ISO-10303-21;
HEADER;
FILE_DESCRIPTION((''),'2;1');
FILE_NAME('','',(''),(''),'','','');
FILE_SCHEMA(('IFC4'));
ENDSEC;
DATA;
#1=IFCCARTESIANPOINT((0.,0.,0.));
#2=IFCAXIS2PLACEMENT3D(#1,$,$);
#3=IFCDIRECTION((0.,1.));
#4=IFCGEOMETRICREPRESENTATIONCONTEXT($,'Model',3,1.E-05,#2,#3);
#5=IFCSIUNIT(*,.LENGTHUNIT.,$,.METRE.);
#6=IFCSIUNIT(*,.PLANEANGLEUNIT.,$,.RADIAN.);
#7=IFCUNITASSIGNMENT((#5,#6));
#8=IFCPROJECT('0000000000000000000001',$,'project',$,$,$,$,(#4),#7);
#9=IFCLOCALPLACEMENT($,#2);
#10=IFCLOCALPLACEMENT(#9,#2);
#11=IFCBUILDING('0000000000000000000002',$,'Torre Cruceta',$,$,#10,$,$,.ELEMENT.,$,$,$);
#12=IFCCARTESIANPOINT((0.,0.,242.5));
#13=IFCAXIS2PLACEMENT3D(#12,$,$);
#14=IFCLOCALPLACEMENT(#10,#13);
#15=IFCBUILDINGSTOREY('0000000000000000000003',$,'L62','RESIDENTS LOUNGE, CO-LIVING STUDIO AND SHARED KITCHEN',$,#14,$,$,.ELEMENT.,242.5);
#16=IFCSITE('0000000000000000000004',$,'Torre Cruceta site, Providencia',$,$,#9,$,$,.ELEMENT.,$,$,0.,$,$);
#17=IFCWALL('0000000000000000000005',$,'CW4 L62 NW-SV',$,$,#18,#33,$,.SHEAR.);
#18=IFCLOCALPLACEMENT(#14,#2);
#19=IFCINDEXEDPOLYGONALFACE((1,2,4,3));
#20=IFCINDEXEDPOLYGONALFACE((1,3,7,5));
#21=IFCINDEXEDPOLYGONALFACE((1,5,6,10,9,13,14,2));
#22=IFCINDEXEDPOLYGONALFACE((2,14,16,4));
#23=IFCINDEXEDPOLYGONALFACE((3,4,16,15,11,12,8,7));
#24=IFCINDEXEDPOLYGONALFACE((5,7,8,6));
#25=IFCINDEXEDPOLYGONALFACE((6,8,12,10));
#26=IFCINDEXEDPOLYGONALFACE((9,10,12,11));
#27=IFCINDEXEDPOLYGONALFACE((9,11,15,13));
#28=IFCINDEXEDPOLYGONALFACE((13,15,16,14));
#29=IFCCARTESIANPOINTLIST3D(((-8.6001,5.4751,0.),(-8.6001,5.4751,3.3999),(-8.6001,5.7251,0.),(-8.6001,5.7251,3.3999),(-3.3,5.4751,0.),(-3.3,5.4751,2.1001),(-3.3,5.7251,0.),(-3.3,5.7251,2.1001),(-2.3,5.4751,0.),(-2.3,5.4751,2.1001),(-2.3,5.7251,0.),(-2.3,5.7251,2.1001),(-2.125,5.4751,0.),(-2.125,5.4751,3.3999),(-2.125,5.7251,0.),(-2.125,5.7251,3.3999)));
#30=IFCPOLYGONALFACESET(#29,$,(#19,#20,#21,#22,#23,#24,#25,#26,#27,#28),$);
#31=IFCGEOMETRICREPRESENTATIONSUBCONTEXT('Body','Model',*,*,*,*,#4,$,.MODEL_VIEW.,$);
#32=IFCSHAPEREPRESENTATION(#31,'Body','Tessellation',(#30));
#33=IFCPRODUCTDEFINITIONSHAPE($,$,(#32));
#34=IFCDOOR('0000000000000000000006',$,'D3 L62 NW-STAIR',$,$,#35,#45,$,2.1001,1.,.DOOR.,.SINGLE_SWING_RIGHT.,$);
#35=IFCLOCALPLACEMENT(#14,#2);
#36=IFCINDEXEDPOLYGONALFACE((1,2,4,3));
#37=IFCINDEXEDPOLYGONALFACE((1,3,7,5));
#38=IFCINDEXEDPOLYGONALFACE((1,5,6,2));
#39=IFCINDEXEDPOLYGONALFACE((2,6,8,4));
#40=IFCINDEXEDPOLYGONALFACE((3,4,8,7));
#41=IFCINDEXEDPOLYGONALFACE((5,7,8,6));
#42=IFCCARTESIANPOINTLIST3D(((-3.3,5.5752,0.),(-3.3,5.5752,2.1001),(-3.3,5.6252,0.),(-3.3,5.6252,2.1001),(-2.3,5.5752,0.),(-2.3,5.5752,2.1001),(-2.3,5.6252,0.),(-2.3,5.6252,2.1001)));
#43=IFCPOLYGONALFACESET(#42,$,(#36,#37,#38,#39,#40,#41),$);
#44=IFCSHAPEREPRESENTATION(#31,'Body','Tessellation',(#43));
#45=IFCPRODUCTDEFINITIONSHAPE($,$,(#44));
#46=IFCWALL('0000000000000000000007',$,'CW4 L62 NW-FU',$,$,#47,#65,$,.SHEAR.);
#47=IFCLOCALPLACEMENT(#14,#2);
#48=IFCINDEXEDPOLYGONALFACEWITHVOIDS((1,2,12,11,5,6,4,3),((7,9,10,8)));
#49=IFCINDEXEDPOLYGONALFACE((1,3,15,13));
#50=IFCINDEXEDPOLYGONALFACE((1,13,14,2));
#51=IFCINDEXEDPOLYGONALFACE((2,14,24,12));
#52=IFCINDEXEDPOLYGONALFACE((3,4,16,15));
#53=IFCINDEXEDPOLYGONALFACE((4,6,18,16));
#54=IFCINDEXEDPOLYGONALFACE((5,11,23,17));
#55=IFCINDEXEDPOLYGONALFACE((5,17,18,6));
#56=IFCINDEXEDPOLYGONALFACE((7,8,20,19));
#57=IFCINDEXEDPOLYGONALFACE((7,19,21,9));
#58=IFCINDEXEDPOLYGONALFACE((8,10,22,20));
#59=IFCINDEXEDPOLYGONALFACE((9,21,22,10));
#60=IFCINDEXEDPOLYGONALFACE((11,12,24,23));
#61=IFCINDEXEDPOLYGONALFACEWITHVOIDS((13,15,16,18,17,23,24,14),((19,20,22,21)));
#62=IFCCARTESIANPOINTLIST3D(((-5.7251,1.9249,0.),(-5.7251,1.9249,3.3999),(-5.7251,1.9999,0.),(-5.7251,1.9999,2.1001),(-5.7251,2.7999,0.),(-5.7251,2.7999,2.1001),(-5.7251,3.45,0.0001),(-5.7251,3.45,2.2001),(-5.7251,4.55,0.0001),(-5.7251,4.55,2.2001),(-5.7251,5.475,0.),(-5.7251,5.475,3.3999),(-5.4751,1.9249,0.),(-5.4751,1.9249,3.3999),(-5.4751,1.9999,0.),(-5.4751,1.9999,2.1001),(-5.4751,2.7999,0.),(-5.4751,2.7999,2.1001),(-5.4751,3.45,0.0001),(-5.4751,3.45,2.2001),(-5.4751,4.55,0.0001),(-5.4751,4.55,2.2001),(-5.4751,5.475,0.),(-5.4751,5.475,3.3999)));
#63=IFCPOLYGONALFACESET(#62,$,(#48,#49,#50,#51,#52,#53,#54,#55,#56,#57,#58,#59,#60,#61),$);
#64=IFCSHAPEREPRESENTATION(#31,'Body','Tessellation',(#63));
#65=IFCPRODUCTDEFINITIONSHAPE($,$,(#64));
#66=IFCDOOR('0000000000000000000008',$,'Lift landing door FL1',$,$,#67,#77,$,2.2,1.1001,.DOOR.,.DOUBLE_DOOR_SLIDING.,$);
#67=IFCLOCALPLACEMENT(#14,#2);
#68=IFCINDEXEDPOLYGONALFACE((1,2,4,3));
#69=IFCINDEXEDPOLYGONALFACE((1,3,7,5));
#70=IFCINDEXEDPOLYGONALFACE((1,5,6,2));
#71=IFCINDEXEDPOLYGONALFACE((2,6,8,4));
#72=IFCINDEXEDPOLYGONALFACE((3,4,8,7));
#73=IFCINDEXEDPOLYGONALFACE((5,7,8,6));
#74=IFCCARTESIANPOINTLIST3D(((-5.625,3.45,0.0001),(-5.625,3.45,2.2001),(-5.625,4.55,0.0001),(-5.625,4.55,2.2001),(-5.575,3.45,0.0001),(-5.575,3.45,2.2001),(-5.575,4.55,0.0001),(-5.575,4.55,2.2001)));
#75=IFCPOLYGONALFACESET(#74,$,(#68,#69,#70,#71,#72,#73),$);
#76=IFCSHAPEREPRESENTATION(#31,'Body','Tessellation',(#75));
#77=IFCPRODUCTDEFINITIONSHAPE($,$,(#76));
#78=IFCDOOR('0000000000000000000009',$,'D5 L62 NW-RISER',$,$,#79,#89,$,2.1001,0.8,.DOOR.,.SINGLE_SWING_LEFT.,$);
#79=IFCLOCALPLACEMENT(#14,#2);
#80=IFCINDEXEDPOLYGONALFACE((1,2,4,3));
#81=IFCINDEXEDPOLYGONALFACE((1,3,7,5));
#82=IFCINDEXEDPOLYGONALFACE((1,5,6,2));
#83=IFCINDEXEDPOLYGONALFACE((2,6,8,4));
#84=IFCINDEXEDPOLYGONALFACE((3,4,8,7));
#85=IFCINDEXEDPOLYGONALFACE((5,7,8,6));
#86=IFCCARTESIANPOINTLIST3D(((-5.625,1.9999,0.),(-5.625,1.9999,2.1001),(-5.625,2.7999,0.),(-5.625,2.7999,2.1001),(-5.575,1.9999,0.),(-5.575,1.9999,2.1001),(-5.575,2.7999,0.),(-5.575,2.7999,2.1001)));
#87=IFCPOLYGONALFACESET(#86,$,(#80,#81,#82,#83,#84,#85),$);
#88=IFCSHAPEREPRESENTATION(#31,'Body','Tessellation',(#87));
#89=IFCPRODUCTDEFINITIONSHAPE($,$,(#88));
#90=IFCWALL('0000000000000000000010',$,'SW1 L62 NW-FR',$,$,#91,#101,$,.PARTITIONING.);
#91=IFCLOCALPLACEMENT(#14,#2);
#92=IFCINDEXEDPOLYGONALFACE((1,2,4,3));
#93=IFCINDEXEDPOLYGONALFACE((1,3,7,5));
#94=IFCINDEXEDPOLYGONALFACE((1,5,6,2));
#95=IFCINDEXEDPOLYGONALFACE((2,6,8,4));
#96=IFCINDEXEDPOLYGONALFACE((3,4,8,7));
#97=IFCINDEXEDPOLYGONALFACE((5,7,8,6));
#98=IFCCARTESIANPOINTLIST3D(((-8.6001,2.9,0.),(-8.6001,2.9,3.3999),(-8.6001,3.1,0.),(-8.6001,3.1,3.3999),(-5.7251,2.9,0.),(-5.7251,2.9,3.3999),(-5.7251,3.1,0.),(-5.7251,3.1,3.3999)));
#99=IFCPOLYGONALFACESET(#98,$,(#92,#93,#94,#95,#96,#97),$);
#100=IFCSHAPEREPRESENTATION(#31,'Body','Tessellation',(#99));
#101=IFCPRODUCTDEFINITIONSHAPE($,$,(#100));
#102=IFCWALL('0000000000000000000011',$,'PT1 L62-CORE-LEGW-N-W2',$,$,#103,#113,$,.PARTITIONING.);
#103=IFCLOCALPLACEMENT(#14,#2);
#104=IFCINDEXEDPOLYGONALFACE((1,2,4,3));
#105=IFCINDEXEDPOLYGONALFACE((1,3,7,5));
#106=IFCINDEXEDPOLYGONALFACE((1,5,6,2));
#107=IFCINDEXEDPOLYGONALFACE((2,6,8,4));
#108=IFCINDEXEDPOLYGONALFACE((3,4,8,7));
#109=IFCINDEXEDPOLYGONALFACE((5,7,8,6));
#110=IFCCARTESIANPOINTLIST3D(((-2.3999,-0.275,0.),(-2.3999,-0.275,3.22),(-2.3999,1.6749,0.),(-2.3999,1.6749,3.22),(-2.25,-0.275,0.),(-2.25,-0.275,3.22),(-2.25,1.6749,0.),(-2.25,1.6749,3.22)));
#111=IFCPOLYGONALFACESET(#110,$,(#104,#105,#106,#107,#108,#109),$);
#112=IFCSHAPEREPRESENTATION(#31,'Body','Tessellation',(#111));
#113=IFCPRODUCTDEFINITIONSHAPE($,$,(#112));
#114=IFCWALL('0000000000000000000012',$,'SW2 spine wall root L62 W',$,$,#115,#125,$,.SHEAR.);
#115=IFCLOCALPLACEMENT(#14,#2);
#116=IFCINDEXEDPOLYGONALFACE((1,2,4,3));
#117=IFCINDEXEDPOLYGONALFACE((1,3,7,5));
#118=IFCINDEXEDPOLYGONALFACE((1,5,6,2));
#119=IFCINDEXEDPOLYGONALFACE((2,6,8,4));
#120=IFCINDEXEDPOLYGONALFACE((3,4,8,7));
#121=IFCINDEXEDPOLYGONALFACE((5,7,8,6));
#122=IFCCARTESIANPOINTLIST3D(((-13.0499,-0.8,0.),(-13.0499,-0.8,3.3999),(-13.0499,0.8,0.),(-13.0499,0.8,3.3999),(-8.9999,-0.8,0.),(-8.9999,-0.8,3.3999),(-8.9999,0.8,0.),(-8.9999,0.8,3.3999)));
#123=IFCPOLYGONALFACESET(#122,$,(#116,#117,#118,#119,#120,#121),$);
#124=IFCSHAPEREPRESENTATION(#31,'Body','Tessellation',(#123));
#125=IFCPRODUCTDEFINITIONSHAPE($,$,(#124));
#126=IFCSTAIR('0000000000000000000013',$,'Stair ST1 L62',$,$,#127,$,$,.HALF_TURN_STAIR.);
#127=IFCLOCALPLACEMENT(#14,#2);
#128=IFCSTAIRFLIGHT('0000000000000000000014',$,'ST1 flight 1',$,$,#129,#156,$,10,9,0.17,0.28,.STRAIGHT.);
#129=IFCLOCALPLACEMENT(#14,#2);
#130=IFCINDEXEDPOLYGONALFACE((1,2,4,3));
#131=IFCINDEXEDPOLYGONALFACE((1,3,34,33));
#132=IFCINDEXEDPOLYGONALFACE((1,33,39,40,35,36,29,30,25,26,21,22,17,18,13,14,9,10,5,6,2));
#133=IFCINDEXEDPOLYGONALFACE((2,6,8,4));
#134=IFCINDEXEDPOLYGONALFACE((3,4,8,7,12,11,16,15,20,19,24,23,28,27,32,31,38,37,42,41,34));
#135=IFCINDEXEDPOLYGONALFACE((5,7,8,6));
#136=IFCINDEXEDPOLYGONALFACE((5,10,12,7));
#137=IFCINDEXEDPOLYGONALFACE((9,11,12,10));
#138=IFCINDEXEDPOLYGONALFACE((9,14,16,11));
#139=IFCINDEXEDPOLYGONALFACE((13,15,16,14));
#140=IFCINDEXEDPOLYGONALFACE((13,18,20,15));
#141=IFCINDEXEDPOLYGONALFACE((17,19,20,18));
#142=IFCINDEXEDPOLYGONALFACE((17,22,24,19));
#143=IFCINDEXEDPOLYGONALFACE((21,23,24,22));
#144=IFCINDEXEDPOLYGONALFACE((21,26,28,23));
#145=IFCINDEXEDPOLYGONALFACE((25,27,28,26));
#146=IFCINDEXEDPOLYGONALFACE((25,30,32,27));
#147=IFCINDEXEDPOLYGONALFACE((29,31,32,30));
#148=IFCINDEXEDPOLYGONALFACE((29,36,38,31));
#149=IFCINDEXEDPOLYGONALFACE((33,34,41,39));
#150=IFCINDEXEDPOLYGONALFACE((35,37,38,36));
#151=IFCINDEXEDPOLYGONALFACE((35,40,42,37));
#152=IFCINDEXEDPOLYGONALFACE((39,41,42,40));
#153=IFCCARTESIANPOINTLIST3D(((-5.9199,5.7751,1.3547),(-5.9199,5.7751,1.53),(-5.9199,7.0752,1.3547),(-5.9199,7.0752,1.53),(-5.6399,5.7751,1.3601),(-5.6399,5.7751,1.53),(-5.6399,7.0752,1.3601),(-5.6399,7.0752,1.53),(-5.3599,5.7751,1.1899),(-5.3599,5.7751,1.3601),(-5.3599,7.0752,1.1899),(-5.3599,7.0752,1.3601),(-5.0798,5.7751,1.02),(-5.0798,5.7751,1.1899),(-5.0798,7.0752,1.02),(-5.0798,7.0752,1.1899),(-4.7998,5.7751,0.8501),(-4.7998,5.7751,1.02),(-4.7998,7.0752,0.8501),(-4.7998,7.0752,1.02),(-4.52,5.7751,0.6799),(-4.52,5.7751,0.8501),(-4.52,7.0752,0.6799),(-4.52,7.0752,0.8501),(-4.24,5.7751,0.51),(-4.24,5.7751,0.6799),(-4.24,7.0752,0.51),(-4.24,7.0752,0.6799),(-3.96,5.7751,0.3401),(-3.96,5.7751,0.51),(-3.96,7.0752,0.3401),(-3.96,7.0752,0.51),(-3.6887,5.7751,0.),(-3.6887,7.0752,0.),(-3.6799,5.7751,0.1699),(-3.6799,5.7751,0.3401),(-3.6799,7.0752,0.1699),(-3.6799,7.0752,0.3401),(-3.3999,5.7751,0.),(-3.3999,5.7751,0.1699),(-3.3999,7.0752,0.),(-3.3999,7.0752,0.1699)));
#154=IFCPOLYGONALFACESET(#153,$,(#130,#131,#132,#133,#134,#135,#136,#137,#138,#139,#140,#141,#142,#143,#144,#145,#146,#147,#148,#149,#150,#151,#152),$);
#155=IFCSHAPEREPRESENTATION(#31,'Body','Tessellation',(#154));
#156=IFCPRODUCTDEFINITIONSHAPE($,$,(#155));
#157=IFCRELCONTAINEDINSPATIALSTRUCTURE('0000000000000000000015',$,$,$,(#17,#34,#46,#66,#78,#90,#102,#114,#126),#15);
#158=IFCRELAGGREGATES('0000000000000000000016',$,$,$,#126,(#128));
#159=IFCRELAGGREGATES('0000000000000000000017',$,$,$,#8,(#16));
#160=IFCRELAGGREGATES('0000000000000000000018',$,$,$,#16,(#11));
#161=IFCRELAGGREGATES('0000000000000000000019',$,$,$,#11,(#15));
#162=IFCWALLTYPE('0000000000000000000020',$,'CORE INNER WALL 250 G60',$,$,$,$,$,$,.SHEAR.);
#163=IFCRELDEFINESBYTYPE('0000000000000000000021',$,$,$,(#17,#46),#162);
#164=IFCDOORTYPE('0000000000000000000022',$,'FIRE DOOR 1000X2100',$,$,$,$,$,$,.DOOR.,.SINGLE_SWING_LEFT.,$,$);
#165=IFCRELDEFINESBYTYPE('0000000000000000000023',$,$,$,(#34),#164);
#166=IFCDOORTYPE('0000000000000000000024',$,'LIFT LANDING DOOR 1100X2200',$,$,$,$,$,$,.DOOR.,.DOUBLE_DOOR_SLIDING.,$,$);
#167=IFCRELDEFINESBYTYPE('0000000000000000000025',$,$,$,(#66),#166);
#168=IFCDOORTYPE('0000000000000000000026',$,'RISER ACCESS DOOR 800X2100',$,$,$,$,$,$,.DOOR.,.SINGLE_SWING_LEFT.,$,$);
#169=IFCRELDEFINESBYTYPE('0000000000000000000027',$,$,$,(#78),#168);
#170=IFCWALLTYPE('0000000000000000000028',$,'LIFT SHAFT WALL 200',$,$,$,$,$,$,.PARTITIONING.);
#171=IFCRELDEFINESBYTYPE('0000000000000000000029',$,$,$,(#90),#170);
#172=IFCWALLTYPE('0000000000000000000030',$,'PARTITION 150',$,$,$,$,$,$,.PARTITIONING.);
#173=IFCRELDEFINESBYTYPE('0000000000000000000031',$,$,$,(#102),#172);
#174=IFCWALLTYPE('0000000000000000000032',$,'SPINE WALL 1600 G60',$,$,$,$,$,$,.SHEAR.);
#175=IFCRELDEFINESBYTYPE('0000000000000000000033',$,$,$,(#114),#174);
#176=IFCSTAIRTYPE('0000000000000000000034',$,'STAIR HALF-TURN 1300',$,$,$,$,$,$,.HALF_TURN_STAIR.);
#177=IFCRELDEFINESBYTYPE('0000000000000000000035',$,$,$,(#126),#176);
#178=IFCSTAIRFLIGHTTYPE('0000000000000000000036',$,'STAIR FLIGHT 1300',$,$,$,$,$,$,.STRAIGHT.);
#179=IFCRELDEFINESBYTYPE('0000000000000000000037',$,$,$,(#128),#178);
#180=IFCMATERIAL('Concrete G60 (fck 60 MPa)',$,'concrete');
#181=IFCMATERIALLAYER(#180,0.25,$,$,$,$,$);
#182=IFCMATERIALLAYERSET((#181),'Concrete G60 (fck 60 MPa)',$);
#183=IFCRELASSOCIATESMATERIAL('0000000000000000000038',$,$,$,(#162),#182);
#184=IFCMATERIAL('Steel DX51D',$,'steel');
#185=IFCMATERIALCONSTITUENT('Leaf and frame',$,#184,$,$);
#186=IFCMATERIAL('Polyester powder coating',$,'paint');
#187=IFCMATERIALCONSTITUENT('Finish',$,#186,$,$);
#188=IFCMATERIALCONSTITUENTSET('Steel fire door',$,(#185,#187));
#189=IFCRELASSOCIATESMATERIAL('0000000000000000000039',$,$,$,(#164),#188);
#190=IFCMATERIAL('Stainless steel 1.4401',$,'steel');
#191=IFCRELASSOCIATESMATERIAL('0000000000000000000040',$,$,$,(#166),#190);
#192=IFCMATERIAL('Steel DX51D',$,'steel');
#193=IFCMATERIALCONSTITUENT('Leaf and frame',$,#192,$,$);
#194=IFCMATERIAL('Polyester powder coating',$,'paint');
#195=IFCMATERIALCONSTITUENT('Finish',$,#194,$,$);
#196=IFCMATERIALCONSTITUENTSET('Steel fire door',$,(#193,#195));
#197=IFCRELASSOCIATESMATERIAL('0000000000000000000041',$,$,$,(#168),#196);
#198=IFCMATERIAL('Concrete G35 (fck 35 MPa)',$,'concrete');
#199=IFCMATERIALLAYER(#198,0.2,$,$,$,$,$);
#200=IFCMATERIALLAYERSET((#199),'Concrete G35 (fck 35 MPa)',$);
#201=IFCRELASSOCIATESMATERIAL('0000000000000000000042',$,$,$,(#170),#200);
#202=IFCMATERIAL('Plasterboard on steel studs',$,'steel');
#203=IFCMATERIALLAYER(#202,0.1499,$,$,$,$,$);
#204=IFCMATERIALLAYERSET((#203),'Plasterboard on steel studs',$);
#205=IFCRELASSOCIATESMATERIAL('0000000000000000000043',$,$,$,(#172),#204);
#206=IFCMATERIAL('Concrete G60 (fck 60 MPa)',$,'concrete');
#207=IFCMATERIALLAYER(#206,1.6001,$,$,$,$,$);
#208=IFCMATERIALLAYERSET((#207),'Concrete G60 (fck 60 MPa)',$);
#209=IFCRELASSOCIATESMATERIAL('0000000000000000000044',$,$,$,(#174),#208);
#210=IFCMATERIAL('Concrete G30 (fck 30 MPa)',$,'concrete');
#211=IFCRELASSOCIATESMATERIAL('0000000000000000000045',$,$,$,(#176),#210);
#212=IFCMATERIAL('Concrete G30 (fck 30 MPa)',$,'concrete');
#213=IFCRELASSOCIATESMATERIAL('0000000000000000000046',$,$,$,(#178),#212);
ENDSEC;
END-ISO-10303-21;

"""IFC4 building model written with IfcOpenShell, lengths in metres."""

from ifc_helpers import new_model, si_unit, direction, frame, frame_2d, origin, place, context, subcontext, project, spatial, polyline, rectangle, outline, extrude, material, layer, layer_set, constituent, constituent_set, type_object, element, fill, aggregate, save


model = new_model("IFC4")

# Units and contexts
model_context = context("Model", 3, precision=1e-05, world=origin(), true_north=direction((0.0, 1.0)))
body_context = subcontext(model_context, "Body", "Model", "MODEL_VIEW")
ifc_project = project(units=[si_unit("LENGTHUNIT", "METRE"), si_unit("PLANEANGLEUNIT", "RADIAN")], contexts=[model_context])

# Site, building, storey
site_placement = place(None, origin())
site = spatial("IfcSite", under=ifc_project, at=site_placement, Name="Torre Cruceta site, Providencia", CompositionType="ELEMENT", RefElevation=0.0)
building_placement = place(site_placement, origin())
building = spatial("IfcBuilding", under=site, at=building_placement, Name="Torre Cruceta", CompositionType="ELEMENT")
storey_placement = place(building_placement, frame((0.0, 0.0, 242.5)))
storey = spatial("IfcBuildingStorey", under=building, at=storey_placement, Name="L62", Description="RESIDENTS LOUNGE, CO-LIVING STUDIO AND SHARED KITCHEN", CompositionType="ELEMENT", Elevation=242.5)

# Shared definitions
ifc_material_1 = material(Name="Concrete G60 (fck 60 MPa)", Category="concrete")
ifc_layer_1 = layer(ifc_material_1, 0.25)
ifc_layer_set_1 = layer_set([ifc_layer_1], Name="Concrete G60 (fck 60 MPa)")
wall_type_1 = type_object("IfcWallType", Name="CORE INNER WALL 250 G60", PredefinedType="SHEAR", material=ifc_layer_set_1)
ifc_material_2 = material(Name="Steel DX51D", Category="steel")
ifc_constituent_1 = constituent(ifc_material_2, Name="Leaf and frame")
ifc_material_3 = material(Name="Polyester powder coating", Category="paint")
ifc_constituent_2 = constituent(ifc_material_3, Name="Finish")
ifc_constituent_set_1 = constituent_set(constituents=[ifc_constituent_1, ifc_constituent_2], Name="Steel fire door")
door_type_1 = type_object("IfcDoorType", Name="FIRE DOOR 1000X2100", OperationType="SINGLE_SWING_LEFT", PredefinedType="DOOR", material=ifc_constituent_set_1)

# Wall, opening, door
wall_1_placement = place(storey_placement, frame((-2.125, 5.6001, 0.0), z_axis=(0.0, 0.0, 1.0), x_axis=(-1.0, 0.0, 0.0)))
wall_1 = element("IfcWall", 1, at=wall_1_placement, inside=storey, type_object=wall_type_1, Name="CW4 L62 NW-SV", PredefinedType="SHEAR", context=body_context, shape_type="SweptSolid", body=[
    extrude(rectangle(XDim=6.4751, YDim=0.25, at=frame_2d((3.2375, 0.0))), origin(), (0.0, 0.0, 1.0), 3.3999),
])
opening_1_placement = place(wall_1_placement, frame((0.175, 0.0, 0.0)))
opening_1 = element("IfcOpeningElement", 2, at=opening_1_placement, cuts=wall_1, PredefinedType="OPENING", context=body_context, shape_type="SweptSolid", body=[
    extrude(rectangle(XDim=1.0, YDim=2.1001, at=frame_2d((0.5, 1.05))), frame((0.0, 0.135, 0.0), z_axis=(0.0, -1.0, 0.0), x_axis=(1.0, 0.0, 0.0)), (0.0, 0.0, 1.0), 0.27),
])
door_1_placement = place(opening_1_placement, frame((1.0, 0.0, 0.0), z_axis=(0.0, 0.0, 1.0), x_axis=(-1.0, 0.0, 0.0)))
door_1 = element("IfcDoor", 3, at=door_1_placement, inside=storey, type_object=door_type_1, Name="D3 L62 NW-STAIR", OperationType="SINGLE_SWING_RIGHT", OverallHeight=2.1001, OverallWidth=1.0, PredefinedType="DOOR", context=body_context, shape_type="SweptSolid", body=[
    extrude(rectangle(XDim=1.0, YDim=2.1001, at=frame_2d((0.5, 1.05))), frame((0.0, 0.0251, 0.0), z_axis=(0.0, -1.0, 0.0), x_axis=(1.0, 0.0, 0.0)), (0.0, 0.0, 1.0), 0.05),
])
fill(opening_1, door_1)

# Wall, openings, doors
wall_2_placement = place(storey_placement, frame((-5.6001, 1.925, 0.0), z_axis=(0.0, 0.0, 1.0), x_axis=(0.0, 1.0, 0.0)))
wall_2 = element("IfcWall", 4, at=wall_2_placement, inside=storey, type_object=wall_type_1, Name="CW4 L62 NW-FU", PredefinedType="SHEAR", context=body_context, shape_type="SweptSolid", body=[
    extrude(rectangle(XDim=3.55, YDim=0.25, at=frame_2d((1.7749, 0.0))), origin(), (0.0, 0.0, 1.0), 3.3999),
])
opening_2_placement = place(wall_2_placement, frame((1.5249, 0.0, 0.0)))
opening_2 = element("IfcOpeningElement", 5, at=opening_2_placement, cuts=wall_2, PredefinedType="OPENING", context=body_context, shape_type="SweptSolid", body=[
    extrude(rectangle(XDim=1.1001, YDim=2.2, at=frame_2d((0.55, 1.1001))), frame((0.0, 0.135, 0.0), z_axis=(0.0, -1.0, 0.0), x_axis=(1.0, 0.0, 0.0)), (0.0, 0.0, 1.0), 0.27),
])
opening_3_placement = place(wall_2_placement, frame((0.075, 0.0, 0.0)))
opening_3 = element("IfcOpeningElement", 6, at=opening_3_placement, cuts=wall_2, PredefinedType="OPENING", context=body_context, shape_type="SweptSolid", body=[
    extrude(rectangle(XDim=0.8, YDim=2.1001, at=frame_2d((0.3999, 1.05))), frame((0.0, 0.135, 0.0), z_axis=(0.0, -1.0, 0.0), x_axis=(1.0, 0.0, 0.0)), (0.0, 0.0, 1.0), 0.27),
])
ifc_material_4 = material(Name="Stainless steel 1.4401", Category="steel")
door_type_2 = type_object("IfcDoorType", Name="LIFT LANDING DOOR 1100X2200", OperationType="DOUBLE_DOOR_SLIDING", PredefinedType="DOOR", material=ifc_material_4)
door_2_placement = place(opening_2_placement, origin())
door_2 = element("IfcDoor", 7, at=door_2_placement, inside=storey, type_object=door_type_2, Name="Lift landing door FL1", OperationType="DOUBLE_DOOR_SLIDING", OverallHeight=2.2, OverallWidth=1.1001, PredefinedType="DOOR", context=body_context, shape_type="SweptSolid", body=[
    extrude(rectangle(XDim=1.1001, YDim=2.2, at=frame_2d((0.55, 1.1001))), frame((0.0, 0.0249, 0.0), z_axis=(0.0, -1.0, 0.0), x_axis=(1.0, 0.0, 0.0)), (0.0, 0.0, 1.0), 0.05),
])
fill(opening_2, door_2)
ifc_material_5 = material(Name="Steel DX51D", Category="steel")
ifc_constituent_3 = constituent(ifc_material_5, Name="Leaf and frame")
ifc_material_6 = material(Name="Polyester powder coating", Category="paint")
ifc_constituent_4 = constituent(ifc_material_6, Name="Finish")
ifc_constituent_set_2 = constituent_set(constituents=[ifc_constituent_3, ifc_constituent_4], Name="Steel fire door")
door_type_3 = type_object("IfcDoorType", Name="RISER ACCESS DOOR 800X2100", OperationType="SINGLE_SWING_LEFT", PredefinedType="DOOR", material=ifc_constituent_set_2)
door_3_placement = place(opening_3_placement, origin())
door_3 = element("IfcDoor", 8, at=door_3_placement, inside=storey, type_object=door_type_3, Name="D5 L62 NW-RISER", OperationType="SINGLE_SWING_LEFT", OverallHeight=2.1001, OverallWidth=0.8, PredefinedType="DOOR", context=body_context, shape_type="SweptSolid", body=[
    extrude(rectangle(XDim=0.8, YDim=2.1001, at=frame_2d((0.3999, 1.05))), frame((0.0, 0.0249, 0.0), z_axis=(0.0, -1.0, 0.0), x_axis=(1.0, 0.0, 0.0)), (0.0, 0.0, 1.0), 0.05),
])
fill(opening_3, door_3)

# Walls
ifc_material_7 = material(Name="Concrete G35 (fck 35 MPa)", Category="concrete")
ifc_layer_2 = layer(ifc_material_7, 0.2)
ifc_layer_set_2 = layer_set([ifc_layer_2], Name="Concrete G35 (fck 35 MPa)")
wall_type_2 = type_object("IfcWallType", Name="LIFT SHAFT WALL 200", PredefinedType="PARTITIONING", material=ifc_layer_set_2)
wall_3_placement = place(storey_placement, frame((-5.7251, 3.0, 0.0), z_axis=(0.0, 0.0, 1.0), x_axis=(-1.0, 0.0, 0.0)))
element("IfcWall", 9, at=wall_3_placement, inside=storey, type_object=wall_type_2, Name="SW1 L62 NW-FR", PredefinedType="PARTITIONING", context=body_context, shape_type="SweptSolid", body=[
    extrude(rectangle(XDim=2.875, YDim=0.2, at=frame_2d((1.4375, 0.0))), origin(), (0.0, 0.0, 1.0), 3.3999),
])
ifc_material_8 = material(Name="Plasterboard on steel studs", Category="steel")
ifc_layer_3 = layer(ifc_material_8, 0.1499)
ifc_layer_set_3 = layer_set([ifc_layer_3], Name="Plasterboard on steel studs")
wall_type_3 = type_object("IfcWallType", Name="PARTITION 150", PredefinedType="PARTITIONING", material=ifc_layer_set_3)
wall_4_placement = place(storey_placement, frame((-2.325, 1.675, 0.0), z_axis=(0.0, 0.0, 1.0), x_axis=(0.0, -1.0, 0.0)))
element("IfcWall", 10, at=wall_4_placement, inside=storey, type_object=wall_type_3, Name="PT1 L62-CORE-LEGW-N-W2", PredefinedType="PARTITIONING", context=body_context, shape_type="SweptSolid", body=[
    extrude(rectangle(XDim=1.95, YDim=0.1499, at=frame_2d((0.9751, 0.0))), origin(), (0.0, 0.0, 1.0), 3.22),
])
ifc_material_9 = material(Name="Concrete G60 (fck 60 MPa)", Category="concrete")
ifc_layer_4 = layer(ifc_material_9, 1.6001)
ifc_layer_set_4 = layer_set([ifc_layer_4], Name="Concrete G60 (fck 60 MPa)")
wall_type_4 = type_object("IfcWallType", Name="SPINE WALL 1600 G60", PredefinedType="SHEAR", material=ifc_layer_set_4)
wall_5_placement = place(storey_placement, frame((-9.0, 0.0, 0.0), z_axis=(0.0, 0.0, 1.0), x_axis=(-1.0, 0.0, 0.0)))
element("IfcWall", 11, at=wall_5_placement, inside=storey, type_object=wall_type_4, Name="SW2 spine wall root L62 W", PredefinedType="SHEAR", context=body_context, shape_type="SweptSolid", body=[
    extrude(rectangle(XDim=4.05, YDim=1.6001, at=frame_2d((2.0249, 0.0))), origin(), (0.0, 0.0, 1.0), 3.3999),
])

# Stair, stair flight
ifc_material_10 = material(Name="Concrete G30 (fck 30 MPa)", Category="concrete")
stair_type = type_object("IfcStairType", Name="STAIR HALF-TURN 1300", PredefinedType="HALF_TURN_STAIR", material=ifc_material_10)
stair_placement = place(storey_placement, origin())
stair = element("IfcStair", 12, at=stair_placement, inside=storey, type_object=stair_type, Name="Stair ST1 L62", PredefinedType="HALF_TURN_STAIR")
ifc_material_11 = material(Name="Concrete G30 (fck 30 MPa)", Category="concrete")
stair_flight_type = type_object("IfcStairFlightType", Name="STAIR FLIGHT 1300", PredefinedType="STRAIGHT", material=ifc_material_11)
stair_flight_1_placement = place(storey_placement, frame((-3.3999, 6.425, 0.0), z_axis=(0.0, 0.0, 1.0), x_axis=(-1.0, 0.0, 0.0)))
stair_flight_1 = element("IfcStairFlight", 13, at=stair_flight_1_placement, type_object=stair_flight_type, Name="ST1 flight 1", NumberOfRisers=10, NumberOfTreads=9, PredefinedType="STRAIGHT", RiserHeight=0.17, TreadLength=0.28, context=body_context, shape_type="SweptSolid", body=[
    extrude(outline(polyline([(0.0, 0.0), (0.0, 0.1699), (0.28, 0.1699), (0.28, 0.3401), (0.5601, 0.3401), (0.5601, 0.51), (0.8401, 0.51), (0.8401, 0.6799), (1.1201, 0.6799), (1.1201, 0.8501), (1.3999, 0.8501), (1.3999, 1.02), (1.6799, 1.02), (1.6799, 1.1899), (1.96, 1.1899), (1.96, 1.3601), (2.24, 1.3601), (2.24, 1.53), (2.52, 1.53), (2.52, 1.7), (2.52, 1.3547), (0.2888, 0.0), (0.0, 0.0)])), frame((0.0, 0.6499, 0.0), z_axis=(0.0, -1.0, 0.0), x_axis=(1.0, 0.0, 0.0)), (0.0, 0.0, 1.0), 1.3),
])
aggregate(stair, [stair_flight_1])

save(model, "model.ifc")
